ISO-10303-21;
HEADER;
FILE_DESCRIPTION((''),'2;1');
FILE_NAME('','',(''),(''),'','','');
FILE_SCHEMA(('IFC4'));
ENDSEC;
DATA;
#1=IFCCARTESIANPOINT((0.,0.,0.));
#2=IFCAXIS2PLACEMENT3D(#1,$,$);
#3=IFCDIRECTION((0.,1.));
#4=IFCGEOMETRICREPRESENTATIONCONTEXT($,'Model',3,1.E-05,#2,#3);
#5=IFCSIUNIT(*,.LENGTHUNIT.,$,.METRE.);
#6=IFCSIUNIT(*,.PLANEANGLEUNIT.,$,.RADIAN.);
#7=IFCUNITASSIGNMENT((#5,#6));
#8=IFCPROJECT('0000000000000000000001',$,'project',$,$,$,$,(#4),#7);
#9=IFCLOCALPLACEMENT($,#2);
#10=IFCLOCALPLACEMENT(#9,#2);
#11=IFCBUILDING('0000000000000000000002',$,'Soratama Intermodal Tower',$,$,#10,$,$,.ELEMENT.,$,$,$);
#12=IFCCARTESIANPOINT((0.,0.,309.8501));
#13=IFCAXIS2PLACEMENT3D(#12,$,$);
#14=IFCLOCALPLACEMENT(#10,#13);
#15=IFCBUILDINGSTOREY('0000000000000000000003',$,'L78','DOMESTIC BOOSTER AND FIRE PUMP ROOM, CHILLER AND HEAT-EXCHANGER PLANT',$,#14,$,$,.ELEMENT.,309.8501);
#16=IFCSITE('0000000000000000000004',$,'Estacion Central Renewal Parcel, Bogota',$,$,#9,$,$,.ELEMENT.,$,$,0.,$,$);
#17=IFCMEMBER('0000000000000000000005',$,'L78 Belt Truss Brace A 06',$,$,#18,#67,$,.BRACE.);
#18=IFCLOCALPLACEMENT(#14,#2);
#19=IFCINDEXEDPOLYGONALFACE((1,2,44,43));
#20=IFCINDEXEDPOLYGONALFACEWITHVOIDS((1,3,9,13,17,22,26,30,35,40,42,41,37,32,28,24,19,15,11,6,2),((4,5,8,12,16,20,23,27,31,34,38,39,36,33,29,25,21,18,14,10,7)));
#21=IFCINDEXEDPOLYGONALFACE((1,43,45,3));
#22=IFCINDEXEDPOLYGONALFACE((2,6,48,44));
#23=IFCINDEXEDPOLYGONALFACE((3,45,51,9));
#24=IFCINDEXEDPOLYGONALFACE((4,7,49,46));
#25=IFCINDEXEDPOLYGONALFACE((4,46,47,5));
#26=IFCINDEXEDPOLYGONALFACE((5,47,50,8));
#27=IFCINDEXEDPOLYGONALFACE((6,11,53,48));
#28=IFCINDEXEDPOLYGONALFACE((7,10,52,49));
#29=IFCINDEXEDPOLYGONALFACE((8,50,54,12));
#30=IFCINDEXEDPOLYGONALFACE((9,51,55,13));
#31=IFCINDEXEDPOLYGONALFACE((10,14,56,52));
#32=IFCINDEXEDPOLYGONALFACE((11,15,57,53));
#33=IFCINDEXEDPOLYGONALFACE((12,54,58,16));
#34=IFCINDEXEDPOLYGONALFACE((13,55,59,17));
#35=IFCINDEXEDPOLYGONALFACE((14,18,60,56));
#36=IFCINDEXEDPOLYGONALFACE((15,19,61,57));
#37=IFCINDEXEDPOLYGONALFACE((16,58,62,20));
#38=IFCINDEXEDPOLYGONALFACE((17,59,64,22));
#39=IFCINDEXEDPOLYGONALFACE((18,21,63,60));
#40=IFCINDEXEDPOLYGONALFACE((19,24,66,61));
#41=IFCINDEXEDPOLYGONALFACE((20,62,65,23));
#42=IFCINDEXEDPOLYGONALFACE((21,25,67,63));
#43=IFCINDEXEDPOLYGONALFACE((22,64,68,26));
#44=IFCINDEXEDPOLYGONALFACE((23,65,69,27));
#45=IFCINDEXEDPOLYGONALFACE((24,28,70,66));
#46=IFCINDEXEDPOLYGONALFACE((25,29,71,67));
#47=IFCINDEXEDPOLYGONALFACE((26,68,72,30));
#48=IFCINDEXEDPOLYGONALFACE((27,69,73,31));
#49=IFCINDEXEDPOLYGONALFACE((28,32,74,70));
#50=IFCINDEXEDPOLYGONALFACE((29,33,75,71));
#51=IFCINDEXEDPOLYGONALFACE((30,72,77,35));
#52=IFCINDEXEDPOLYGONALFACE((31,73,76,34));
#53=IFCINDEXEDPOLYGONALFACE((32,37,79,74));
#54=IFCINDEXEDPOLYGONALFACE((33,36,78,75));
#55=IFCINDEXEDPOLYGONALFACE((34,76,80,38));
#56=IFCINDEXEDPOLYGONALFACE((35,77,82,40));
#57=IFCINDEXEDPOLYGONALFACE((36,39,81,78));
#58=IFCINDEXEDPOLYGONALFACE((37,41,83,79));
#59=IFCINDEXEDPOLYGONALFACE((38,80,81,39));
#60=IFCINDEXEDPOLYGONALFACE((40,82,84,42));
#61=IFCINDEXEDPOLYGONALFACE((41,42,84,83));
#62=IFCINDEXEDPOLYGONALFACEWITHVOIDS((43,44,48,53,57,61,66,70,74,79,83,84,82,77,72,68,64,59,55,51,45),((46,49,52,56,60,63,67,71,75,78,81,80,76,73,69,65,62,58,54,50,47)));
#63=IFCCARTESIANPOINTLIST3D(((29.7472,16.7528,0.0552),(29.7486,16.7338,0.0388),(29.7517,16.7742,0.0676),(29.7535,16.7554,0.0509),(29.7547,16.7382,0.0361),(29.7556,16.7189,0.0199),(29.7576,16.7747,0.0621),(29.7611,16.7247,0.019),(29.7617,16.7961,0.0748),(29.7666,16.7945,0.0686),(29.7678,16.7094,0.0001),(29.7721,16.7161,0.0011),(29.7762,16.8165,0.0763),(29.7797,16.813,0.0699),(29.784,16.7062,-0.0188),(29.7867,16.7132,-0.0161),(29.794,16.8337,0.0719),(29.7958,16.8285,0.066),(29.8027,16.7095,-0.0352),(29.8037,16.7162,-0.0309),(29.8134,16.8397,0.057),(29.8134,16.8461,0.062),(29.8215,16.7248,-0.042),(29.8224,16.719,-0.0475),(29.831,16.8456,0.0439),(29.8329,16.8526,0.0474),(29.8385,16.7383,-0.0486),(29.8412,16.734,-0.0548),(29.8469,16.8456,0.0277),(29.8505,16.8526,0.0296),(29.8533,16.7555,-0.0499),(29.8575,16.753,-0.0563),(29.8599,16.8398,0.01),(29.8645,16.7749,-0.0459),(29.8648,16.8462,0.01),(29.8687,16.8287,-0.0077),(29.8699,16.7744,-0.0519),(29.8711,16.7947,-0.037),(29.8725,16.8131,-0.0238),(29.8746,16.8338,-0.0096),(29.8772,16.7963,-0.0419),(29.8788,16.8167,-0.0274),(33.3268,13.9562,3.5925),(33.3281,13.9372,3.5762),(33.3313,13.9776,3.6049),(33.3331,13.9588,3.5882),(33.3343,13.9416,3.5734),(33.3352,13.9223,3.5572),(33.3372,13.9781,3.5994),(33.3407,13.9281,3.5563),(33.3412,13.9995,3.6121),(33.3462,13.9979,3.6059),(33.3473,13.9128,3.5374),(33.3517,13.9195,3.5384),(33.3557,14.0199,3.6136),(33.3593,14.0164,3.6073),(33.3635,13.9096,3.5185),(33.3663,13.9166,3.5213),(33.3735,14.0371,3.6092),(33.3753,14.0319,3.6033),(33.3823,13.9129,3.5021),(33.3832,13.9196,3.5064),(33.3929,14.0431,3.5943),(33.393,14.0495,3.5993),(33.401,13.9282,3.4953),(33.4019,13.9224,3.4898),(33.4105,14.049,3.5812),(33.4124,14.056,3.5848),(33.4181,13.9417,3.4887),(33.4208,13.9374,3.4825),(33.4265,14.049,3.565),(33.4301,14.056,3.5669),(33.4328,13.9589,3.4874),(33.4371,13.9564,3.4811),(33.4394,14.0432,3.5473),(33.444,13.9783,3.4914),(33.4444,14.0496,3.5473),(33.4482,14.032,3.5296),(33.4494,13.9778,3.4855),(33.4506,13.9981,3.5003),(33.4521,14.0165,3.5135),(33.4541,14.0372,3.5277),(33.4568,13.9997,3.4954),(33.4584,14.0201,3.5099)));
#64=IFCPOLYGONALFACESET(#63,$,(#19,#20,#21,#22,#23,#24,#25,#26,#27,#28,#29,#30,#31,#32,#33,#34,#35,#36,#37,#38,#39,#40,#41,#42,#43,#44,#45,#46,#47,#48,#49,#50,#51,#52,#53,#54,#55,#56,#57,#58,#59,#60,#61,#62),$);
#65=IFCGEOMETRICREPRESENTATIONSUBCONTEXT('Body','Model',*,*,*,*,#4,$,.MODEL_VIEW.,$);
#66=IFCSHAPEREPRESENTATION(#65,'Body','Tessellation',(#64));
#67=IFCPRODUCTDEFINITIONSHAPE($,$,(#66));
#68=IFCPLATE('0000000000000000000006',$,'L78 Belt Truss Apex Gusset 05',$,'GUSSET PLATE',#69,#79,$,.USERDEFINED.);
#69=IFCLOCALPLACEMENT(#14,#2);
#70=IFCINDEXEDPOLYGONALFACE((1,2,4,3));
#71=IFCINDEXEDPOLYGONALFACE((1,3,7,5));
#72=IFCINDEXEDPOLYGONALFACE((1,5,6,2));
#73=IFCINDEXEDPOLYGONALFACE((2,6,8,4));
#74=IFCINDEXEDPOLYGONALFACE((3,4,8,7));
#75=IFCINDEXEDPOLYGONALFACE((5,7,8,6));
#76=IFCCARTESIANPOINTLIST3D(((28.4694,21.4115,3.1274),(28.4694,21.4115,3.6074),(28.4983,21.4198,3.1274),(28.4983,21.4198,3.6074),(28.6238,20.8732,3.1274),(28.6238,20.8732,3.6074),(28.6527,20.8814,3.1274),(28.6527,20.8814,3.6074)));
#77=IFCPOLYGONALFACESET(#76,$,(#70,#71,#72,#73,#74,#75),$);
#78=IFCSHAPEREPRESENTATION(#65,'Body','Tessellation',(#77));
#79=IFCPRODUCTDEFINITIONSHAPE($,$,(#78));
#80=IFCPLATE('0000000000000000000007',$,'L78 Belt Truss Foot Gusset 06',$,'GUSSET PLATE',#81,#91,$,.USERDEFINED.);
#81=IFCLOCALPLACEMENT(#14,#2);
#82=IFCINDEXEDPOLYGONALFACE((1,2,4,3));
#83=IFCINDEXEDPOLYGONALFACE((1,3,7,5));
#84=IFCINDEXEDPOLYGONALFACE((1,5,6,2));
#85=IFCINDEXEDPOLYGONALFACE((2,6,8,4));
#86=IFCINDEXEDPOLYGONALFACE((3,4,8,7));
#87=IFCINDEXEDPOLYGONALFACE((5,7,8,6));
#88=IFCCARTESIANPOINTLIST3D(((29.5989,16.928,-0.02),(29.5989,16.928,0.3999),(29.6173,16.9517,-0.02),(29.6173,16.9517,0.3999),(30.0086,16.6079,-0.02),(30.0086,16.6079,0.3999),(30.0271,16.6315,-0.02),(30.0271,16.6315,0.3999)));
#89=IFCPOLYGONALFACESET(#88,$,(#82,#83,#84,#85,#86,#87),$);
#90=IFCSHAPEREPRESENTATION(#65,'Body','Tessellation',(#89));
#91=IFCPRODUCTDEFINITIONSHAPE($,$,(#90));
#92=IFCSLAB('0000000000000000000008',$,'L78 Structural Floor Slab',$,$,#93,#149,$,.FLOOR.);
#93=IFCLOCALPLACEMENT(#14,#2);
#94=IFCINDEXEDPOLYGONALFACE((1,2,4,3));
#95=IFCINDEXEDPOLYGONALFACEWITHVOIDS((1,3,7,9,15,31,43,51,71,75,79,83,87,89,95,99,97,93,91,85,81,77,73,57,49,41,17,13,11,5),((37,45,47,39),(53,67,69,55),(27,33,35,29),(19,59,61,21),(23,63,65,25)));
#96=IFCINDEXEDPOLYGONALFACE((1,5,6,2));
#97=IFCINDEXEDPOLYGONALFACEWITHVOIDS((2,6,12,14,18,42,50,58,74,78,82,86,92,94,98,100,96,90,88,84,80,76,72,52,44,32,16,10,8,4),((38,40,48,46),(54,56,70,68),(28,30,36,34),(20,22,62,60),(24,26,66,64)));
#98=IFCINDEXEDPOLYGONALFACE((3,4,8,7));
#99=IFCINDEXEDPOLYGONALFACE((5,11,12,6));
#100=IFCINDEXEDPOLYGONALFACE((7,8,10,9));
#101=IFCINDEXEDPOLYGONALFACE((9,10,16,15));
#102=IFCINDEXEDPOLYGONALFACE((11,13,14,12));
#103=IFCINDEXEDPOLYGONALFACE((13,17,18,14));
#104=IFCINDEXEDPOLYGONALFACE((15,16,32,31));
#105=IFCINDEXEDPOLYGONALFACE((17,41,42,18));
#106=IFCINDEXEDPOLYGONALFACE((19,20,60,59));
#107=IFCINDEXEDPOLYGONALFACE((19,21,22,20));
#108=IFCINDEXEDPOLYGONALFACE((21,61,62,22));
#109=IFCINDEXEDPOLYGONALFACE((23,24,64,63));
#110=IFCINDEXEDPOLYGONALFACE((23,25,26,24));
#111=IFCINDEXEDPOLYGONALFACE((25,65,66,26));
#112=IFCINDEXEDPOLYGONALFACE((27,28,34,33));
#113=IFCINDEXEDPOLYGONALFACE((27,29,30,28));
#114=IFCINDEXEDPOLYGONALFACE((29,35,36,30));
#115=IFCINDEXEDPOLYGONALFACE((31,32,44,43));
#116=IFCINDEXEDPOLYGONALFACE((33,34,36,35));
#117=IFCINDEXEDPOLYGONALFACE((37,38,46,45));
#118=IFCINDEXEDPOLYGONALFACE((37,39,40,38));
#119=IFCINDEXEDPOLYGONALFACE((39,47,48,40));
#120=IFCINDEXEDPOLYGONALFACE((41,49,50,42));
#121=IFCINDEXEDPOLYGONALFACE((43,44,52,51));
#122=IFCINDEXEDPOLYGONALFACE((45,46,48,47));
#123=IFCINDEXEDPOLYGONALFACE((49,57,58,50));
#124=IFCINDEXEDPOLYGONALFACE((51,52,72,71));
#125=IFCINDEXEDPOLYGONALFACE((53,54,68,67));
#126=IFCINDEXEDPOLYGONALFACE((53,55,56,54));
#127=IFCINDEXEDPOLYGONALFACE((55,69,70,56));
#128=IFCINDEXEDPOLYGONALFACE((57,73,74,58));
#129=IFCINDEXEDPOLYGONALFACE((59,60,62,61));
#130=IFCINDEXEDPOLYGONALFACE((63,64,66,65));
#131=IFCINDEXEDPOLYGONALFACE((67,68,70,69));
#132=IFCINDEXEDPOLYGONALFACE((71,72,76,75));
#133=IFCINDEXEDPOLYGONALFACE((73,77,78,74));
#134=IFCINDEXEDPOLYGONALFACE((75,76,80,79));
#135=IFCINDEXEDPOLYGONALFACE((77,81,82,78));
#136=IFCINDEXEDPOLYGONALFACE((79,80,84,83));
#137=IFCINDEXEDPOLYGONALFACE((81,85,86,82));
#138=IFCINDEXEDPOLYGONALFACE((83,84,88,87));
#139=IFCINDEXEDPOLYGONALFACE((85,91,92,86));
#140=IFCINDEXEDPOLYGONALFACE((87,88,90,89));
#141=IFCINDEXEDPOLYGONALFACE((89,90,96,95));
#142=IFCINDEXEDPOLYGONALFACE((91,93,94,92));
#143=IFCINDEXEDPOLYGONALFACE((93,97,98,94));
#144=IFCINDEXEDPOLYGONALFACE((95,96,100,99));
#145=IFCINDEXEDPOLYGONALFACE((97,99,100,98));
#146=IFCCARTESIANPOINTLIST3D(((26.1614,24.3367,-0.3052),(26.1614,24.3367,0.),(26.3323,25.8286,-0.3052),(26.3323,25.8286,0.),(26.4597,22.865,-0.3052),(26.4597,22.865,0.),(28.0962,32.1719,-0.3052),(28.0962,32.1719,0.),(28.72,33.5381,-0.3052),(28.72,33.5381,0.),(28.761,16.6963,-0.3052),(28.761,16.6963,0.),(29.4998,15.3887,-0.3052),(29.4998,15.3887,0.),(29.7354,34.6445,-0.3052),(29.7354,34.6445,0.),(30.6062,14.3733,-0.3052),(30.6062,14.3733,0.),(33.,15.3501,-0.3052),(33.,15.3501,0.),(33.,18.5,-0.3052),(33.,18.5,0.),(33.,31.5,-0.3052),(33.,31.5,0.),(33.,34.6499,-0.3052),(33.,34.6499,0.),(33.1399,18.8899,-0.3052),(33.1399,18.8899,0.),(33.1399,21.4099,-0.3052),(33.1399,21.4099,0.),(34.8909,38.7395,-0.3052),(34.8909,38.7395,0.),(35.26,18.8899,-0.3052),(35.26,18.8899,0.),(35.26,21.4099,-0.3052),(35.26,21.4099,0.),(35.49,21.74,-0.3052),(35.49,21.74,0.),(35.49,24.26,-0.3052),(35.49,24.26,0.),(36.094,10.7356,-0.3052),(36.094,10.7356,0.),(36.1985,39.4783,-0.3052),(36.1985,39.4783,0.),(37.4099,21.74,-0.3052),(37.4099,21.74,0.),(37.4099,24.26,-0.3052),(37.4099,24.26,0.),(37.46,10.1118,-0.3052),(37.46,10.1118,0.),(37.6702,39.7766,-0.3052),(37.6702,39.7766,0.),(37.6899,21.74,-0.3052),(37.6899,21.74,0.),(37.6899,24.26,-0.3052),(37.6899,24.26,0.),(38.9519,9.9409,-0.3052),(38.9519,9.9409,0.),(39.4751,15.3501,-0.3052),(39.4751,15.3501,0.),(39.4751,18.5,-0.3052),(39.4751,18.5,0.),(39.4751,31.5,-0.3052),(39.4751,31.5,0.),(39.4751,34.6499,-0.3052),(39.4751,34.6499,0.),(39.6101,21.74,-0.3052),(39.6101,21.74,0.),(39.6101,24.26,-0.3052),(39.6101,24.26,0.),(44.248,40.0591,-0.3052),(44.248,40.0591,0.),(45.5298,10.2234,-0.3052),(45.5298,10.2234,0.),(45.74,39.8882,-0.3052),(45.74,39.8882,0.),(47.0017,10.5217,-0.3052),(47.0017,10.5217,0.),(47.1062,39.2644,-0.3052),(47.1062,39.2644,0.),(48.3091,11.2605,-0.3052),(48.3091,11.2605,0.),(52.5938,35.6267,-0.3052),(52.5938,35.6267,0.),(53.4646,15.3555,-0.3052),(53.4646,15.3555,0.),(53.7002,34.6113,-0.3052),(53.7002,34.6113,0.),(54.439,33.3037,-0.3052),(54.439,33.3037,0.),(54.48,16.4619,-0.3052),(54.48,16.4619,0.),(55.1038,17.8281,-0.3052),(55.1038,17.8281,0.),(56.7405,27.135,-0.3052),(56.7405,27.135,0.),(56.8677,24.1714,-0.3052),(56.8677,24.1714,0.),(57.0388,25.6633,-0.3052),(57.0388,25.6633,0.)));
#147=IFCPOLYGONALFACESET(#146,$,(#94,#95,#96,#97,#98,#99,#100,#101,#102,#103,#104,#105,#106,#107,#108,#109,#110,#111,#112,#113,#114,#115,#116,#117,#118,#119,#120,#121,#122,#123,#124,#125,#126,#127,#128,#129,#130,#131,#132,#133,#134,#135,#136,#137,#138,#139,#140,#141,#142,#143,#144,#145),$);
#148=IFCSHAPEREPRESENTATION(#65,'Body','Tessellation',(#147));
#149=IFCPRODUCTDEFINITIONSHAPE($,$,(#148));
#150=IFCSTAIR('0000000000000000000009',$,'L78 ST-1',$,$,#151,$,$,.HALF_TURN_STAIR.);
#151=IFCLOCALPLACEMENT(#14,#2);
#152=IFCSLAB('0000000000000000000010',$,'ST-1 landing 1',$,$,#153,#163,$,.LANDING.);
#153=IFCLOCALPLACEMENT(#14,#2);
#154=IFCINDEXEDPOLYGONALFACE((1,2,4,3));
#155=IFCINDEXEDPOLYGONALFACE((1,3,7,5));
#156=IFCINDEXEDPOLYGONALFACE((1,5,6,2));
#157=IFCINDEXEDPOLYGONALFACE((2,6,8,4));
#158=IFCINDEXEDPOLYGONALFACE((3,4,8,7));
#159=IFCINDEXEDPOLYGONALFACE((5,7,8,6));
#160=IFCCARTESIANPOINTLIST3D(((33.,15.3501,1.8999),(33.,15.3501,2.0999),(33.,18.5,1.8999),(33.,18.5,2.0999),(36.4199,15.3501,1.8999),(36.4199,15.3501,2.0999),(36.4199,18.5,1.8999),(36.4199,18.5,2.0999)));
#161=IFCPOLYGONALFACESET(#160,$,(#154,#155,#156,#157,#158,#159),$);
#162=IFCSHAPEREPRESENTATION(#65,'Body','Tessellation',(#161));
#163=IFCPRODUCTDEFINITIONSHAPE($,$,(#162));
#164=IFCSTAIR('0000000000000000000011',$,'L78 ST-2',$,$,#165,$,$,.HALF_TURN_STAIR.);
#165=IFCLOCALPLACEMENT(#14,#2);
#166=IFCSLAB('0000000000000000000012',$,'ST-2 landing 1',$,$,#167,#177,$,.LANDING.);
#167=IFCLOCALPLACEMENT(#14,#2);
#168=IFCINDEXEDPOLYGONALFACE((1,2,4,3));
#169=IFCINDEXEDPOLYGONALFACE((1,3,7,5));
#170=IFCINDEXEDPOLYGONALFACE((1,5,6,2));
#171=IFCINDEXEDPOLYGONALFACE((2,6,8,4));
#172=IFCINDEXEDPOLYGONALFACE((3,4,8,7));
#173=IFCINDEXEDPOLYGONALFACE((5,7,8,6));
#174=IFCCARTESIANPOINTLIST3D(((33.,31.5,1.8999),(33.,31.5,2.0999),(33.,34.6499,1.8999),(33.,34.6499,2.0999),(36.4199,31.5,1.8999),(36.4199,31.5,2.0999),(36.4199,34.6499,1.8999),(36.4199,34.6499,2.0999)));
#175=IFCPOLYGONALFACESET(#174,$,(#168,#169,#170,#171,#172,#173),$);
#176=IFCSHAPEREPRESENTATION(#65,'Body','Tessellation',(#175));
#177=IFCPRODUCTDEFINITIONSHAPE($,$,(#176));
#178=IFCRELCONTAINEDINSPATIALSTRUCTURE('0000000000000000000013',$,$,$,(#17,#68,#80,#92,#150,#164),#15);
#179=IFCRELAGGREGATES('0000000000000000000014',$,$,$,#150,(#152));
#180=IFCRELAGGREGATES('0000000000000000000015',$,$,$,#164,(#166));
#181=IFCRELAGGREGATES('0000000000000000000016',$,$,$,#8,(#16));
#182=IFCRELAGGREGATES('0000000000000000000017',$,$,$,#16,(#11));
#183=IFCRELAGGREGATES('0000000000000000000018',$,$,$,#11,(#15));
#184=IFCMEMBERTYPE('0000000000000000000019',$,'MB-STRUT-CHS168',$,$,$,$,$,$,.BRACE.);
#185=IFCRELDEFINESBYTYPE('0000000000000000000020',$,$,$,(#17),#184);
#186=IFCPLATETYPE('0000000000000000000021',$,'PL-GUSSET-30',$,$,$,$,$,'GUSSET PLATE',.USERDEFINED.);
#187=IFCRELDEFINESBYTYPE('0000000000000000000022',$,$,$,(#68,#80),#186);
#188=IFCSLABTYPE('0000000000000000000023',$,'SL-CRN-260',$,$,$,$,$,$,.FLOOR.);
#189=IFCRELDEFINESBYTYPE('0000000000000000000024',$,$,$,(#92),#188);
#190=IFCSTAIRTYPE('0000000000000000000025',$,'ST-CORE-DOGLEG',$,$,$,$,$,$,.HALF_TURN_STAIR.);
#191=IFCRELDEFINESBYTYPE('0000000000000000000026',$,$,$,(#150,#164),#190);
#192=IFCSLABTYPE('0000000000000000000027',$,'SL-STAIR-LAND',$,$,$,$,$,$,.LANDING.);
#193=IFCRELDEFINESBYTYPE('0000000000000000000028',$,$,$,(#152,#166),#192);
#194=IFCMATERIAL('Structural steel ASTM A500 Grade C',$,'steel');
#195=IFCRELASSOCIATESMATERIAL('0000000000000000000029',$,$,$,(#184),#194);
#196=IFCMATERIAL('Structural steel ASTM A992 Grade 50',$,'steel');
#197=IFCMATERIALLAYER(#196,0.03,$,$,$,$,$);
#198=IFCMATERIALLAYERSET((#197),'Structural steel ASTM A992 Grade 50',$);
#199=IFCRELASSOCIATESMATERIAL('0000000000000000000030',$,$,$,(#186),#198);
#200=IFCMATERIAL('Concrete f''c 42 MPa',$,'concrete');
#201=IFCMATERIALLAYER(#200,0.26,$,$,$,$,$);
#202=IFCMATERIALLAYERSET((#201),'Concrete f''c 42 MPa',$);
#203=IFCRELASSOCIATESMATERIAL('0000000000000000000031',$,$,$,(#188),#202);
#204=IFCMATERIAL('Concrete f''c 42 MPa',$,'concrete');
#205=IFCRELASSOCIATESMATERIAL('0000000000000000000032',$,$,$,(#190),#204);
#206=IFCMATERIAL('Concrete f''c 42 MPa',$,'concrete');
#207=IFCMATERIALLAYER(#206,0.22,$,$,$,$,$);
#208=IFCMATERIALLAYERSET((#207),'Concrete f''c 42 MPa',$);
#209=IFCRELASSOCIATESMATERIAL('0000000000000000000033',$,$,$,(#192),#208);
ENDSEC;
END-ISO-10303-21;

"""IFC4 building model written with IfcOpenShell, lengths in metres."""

from ifc_helpers import new_model, si_unit, direction, frame, origin, origin_2d, place, context, subcontext, project, spatial, polyline, rectangle, hollow_circle, outline, extrude, material, layer, layer_set, material_profile, profile_set, type_object, element, aggregate, save


model = new_model("IFC4")

# Units and contexts
model_context = context("Model", 3, precision=1e-05, world=origin(), true_north=direction((0.0, 1.0)))
body_context = subcontext(model_context, "Body", "Model", "MODEL_VIEW")
ifc_project = project(units=[si_unit("LENGTHUNIT", "METRE"), si_unit("PLANEANGLEUNIT", "RADIAN")], contexts=[model_context])

# Site, building, storey
site_placement = place(None, origin())
site = spatial("IfcSite", under=ifc_project, at=site_placement, Name="Estacion Central Renewal Parcel, Bogota", CompositionType="ELEMENT", RefElevation=0.0)
building_placement = place(site_placement, origin())
building = spatial("IfcBuilding", under=site, at=building_placement, Name="Soratama Intermodal Tower", CompositionType="ELEMENT")
storey_placement = place(building_placement, frame((0.0, 0.0, 309.8501)))
storey = spatial("IfcBuildingStorey", under=building, at=storey_placement, Name="L78", Description="DOMESTIC BOOSTER AND FIRE PUMP ROOM, CHILLER AND HEAT-EXCHANGER PLANT", CompositionType="ELEMENT", Elevation=309.8501)

# Member
ifc_material_1 = material(Name="Structural steel ASTM A500 Grade C", Category="steel")
ifc_material_profile_1 = material_profile(ifc_material_1, hollow_circle(Radius=0.0842, WallThickness=0.0081, at=origin_2d()), Name="CHS168X8")
ifc_profile_set_1 = profile_set([ifc_material_profile_1], Name="Structural steel ASTM A500 Grade C")
member_type = type_object("IfcMemberType", Name="MB-STRUT-CHS168", PredefinedType="BRACE", material=ifc_profile_set_1)
member_1_placement = place(storey_placement, frame((29.813, 16.7798, 0.01), z_axis=(0.621739, -0.485747, 0.614403), x_axis=(0.615654, 0.788016, 0.0)))
element("IfcMember", 1, at=member_1_placement, inside=storey, type_object=member_type, Name="L78 Belt Truss Brace A 06", PredefinedType="BRACE", context=body_context, shape_type="SweptSolid", body=[
    extrude(hollow_circle(Radius=0.0842, WallThickness=0.0081, at=origin_2d()), origin(), (0.0, 0.0, 1.0), 5.7573),
])

# Plates
ifc_material_2 = material(Name="Structural steel ASTM A992 Grade 50", Category="steel")
ifc_layer_1 = layer(ifc_material_2, 0.03)
ifc_layer_set_1 = layer_set([ifc_layer_1], Name="Structural steel ASTM A992 Grade 50")
plate_type = type_object("IfcPlateType", Name="PL-GUSSET-30", ElementType="GUSSET PLATE", PredefinedType="USERDEFINED", material=ifc_layer_set_1)
plate_1_placement = place(storey_placement, frame((28.561, 21.1465, 3.1274), z_axis=(0.0, 0.0, 1.0), x_axis=(0.275637, -0.961262, 0.0)))
element("IfcPlate", 2, at=plate_1_placement, inside=storey, type_object=plate_type, Name="L78 Belt Truss Apex Gusset 05", ObjectType="GUSSET PLATE", PredefinedType="USERDEFINED", context=body_context, shape_type="SweptSolid", body=[
    extrude(rectangle(XDim=0.5601, YDim=0.03, at=origin_2d()), origin(), (0.0, 0.0, 1.0), 0.48),
])
plate_2_placement = place(storey_placement, frame((29.813, 16.7798, -0.02), z_axis=(0.0, 0.0, 1.0), x_axis=(0.788011, -0.615661, 0.0)))
element("IfcPlate", 3, at=plate_2_placement, inside=storey, type_object=plate_type, Name="L78 Belt Truss Foot Gusset 06", ObjectType="GUSSET PLATE", PredefinedType="USERDEFINED", context=body_context, shape_type="SweptSolid", body=[
    extrude(rectangle(XDim=0.52, YDim=0.03, at=origin_2d()), origin(), (0.0, 0.0, 1.0), 0.4199),
])

# Slab
ifc_material_3 = material(Name="Concrete f'c 42 MPa", Category="concrete")
ifc_layer_2 = layer(ifc_material_3, 0.26)
ifc_layer_set_2 = layer_set([ifc_layer_2], Name="Concrete f'c 42 MPa")
slab_type_1 = type_object("IfcSlabType", Name="SL-CRN-260", PredefinedType="FLOOR", material=ifc_layer_set_2)
slab_1_placement = place(storey_placement, frame((0.0, 0.0, -0.3052)))
element("IfcSlab", 4, at=slab_1_placement, inside=storey, type_object=slab_type_1, Name="L78 Structural Floor Slab", PredefinedType="FLOOR", context=body_context, shape_type="SweptSolid", body=[
    extrude(outline(polyline([(47.1062, 39.2644), (45.74, 39.8882), (44.248, 40.0591), (37.6702, 39.7766), (36.1985, 39.4783), (34.8909, 38.7395), (29.7354, 34.6445), (28.72, 33.5381), (28.0962, 32.1719), (26.3323, 25.8286), (26.1614, 24.3367), (26.4597, 22.865), (28.761, 16.6963), (29.4998, 15.3887), (30.6062, 14.3733), (36.094, 10.7356), (37.46, 10.1118), (38.9519, 9.9409), (45.5298, 10.2234), (47.0017, 10.5217), (48.3091, 11.2605), (53.4646, 15.3555), (54.48, 16.4619), (55.1038, 17.8281), (56.8677, 24.1714), (57.0388, 25.6633), (56.7405, 27.135), (54.439, 33.3037), (53.7002, 34.6113), (52.5938, 35.6267), (47.1062, 39.2644)]), holes=[polyline([(33.0, 15.3501), (39.4751, 15.3501), (39.4751, 18.5), (33.0, 18.5), (33.0, 15.3501)]), polyline([(33.1399, 21.4099), (33.1399, 18.8899), (35.26, 18.8899), (35.26, 21.4099), (33.1399, 21.4099)]), polyline([(35.49, 24.26), (35.49, 21.74), (37.4099, 21.74), (37.4099, 24.26), (35.49, 24.26)]), polyline([(39.6101, 24.26), (37.6899, 24.26), (37.6899, 21.74), (39.6101, 21.74), (39.6101, 24.26)]), polyline([(33.0, 34.6499), (33.0, 31.5), (39.4751, 31.5), (39.4751, 34.6499), (33.0, 34.6499)])]), origin(), (0.0, 0.0, 1.0), 0.3052),
])

# Stairs, slabs
ifc_material_4 = material(Name="Concrete f'c 42 MPa", Category="concrete")
stair_type = type_object("IfcStairType", Name="ST-CORE-DOGLEG", PredefinedType="HALF_TURN_STAIR", material=ifc_material_4)
stair_1_placement = place(storey_placement, origin())
stair_1 = element("IfcStair", 5, at=stair_1_placement, inside=storey, type_object=stair_type, Name="L78 ST-1", PredefinedType="HALF_TURN_STAIR")
ifc_material_5 = material(Name="Concrete f'c 42 MPa", Category="concrete")
ifc_layer_3 = layer(ifc_material_5, 0.22)
ifc_layer_set_3 = layer_set([ifc_layer_3], Name="Concrete f'c 42 MPa")
slab_type_2 = type_object("IfcSlabType", Name="SL-STAIR-LAND", PredefinedType="LANDING", material=ifc_layer_set_3)
slab_2_placement = place(storey_placement, frame((0.0, 0.0, 1.8999)))
slab_2 = element("IfcSlab", 6, at=slab_2_placement, type_object=slab_type_2, Name="ST-1 landing 1", PredefinedType="LANDING", context=body_context, shape_type="SweptSolid", body=[
    extrude(outline(polyline([(36.4199, 18.5), (33.0, 18.5), (33.0, 15.3501), (36.4199, 15.3501), (36.4199, 18.5)])), origin(), (0.0, 0.0, 1.0), 0.2),
])
aggregate(stair_1, [slab_2])
stair_2_placement = place(storey_placement, origin())
stair_2 = element("IfcStair", 7, at=stair_2_placement, inside=storey, type_object=stair_type, Name="L78 ST-2", PredefinedType="HALF_TURN_STAIR")
slab_3_placement = place(storey_placement, frame((0.0, 0.0, 1.8999)))
slab_3 = element("IfcSlab", 8, at=slab_3_placement, type_object=slab_type_2, Name="ST-2 landing 1", PredefinedType="LANDING", context=body_context, shape_type="SweptSolid", body=[
    extrude(outline(polyline([(36.4199, 34.6499), (33.0, 34.6499), (33.0, 31.5), (36.4199, 31.5), (36.4199, 34.6499)])), origin(), (0.0, 0.0, 1.0), 0.2),
])
aggregate(stair_2, [slab_3])

save(model, "model.ifc")
